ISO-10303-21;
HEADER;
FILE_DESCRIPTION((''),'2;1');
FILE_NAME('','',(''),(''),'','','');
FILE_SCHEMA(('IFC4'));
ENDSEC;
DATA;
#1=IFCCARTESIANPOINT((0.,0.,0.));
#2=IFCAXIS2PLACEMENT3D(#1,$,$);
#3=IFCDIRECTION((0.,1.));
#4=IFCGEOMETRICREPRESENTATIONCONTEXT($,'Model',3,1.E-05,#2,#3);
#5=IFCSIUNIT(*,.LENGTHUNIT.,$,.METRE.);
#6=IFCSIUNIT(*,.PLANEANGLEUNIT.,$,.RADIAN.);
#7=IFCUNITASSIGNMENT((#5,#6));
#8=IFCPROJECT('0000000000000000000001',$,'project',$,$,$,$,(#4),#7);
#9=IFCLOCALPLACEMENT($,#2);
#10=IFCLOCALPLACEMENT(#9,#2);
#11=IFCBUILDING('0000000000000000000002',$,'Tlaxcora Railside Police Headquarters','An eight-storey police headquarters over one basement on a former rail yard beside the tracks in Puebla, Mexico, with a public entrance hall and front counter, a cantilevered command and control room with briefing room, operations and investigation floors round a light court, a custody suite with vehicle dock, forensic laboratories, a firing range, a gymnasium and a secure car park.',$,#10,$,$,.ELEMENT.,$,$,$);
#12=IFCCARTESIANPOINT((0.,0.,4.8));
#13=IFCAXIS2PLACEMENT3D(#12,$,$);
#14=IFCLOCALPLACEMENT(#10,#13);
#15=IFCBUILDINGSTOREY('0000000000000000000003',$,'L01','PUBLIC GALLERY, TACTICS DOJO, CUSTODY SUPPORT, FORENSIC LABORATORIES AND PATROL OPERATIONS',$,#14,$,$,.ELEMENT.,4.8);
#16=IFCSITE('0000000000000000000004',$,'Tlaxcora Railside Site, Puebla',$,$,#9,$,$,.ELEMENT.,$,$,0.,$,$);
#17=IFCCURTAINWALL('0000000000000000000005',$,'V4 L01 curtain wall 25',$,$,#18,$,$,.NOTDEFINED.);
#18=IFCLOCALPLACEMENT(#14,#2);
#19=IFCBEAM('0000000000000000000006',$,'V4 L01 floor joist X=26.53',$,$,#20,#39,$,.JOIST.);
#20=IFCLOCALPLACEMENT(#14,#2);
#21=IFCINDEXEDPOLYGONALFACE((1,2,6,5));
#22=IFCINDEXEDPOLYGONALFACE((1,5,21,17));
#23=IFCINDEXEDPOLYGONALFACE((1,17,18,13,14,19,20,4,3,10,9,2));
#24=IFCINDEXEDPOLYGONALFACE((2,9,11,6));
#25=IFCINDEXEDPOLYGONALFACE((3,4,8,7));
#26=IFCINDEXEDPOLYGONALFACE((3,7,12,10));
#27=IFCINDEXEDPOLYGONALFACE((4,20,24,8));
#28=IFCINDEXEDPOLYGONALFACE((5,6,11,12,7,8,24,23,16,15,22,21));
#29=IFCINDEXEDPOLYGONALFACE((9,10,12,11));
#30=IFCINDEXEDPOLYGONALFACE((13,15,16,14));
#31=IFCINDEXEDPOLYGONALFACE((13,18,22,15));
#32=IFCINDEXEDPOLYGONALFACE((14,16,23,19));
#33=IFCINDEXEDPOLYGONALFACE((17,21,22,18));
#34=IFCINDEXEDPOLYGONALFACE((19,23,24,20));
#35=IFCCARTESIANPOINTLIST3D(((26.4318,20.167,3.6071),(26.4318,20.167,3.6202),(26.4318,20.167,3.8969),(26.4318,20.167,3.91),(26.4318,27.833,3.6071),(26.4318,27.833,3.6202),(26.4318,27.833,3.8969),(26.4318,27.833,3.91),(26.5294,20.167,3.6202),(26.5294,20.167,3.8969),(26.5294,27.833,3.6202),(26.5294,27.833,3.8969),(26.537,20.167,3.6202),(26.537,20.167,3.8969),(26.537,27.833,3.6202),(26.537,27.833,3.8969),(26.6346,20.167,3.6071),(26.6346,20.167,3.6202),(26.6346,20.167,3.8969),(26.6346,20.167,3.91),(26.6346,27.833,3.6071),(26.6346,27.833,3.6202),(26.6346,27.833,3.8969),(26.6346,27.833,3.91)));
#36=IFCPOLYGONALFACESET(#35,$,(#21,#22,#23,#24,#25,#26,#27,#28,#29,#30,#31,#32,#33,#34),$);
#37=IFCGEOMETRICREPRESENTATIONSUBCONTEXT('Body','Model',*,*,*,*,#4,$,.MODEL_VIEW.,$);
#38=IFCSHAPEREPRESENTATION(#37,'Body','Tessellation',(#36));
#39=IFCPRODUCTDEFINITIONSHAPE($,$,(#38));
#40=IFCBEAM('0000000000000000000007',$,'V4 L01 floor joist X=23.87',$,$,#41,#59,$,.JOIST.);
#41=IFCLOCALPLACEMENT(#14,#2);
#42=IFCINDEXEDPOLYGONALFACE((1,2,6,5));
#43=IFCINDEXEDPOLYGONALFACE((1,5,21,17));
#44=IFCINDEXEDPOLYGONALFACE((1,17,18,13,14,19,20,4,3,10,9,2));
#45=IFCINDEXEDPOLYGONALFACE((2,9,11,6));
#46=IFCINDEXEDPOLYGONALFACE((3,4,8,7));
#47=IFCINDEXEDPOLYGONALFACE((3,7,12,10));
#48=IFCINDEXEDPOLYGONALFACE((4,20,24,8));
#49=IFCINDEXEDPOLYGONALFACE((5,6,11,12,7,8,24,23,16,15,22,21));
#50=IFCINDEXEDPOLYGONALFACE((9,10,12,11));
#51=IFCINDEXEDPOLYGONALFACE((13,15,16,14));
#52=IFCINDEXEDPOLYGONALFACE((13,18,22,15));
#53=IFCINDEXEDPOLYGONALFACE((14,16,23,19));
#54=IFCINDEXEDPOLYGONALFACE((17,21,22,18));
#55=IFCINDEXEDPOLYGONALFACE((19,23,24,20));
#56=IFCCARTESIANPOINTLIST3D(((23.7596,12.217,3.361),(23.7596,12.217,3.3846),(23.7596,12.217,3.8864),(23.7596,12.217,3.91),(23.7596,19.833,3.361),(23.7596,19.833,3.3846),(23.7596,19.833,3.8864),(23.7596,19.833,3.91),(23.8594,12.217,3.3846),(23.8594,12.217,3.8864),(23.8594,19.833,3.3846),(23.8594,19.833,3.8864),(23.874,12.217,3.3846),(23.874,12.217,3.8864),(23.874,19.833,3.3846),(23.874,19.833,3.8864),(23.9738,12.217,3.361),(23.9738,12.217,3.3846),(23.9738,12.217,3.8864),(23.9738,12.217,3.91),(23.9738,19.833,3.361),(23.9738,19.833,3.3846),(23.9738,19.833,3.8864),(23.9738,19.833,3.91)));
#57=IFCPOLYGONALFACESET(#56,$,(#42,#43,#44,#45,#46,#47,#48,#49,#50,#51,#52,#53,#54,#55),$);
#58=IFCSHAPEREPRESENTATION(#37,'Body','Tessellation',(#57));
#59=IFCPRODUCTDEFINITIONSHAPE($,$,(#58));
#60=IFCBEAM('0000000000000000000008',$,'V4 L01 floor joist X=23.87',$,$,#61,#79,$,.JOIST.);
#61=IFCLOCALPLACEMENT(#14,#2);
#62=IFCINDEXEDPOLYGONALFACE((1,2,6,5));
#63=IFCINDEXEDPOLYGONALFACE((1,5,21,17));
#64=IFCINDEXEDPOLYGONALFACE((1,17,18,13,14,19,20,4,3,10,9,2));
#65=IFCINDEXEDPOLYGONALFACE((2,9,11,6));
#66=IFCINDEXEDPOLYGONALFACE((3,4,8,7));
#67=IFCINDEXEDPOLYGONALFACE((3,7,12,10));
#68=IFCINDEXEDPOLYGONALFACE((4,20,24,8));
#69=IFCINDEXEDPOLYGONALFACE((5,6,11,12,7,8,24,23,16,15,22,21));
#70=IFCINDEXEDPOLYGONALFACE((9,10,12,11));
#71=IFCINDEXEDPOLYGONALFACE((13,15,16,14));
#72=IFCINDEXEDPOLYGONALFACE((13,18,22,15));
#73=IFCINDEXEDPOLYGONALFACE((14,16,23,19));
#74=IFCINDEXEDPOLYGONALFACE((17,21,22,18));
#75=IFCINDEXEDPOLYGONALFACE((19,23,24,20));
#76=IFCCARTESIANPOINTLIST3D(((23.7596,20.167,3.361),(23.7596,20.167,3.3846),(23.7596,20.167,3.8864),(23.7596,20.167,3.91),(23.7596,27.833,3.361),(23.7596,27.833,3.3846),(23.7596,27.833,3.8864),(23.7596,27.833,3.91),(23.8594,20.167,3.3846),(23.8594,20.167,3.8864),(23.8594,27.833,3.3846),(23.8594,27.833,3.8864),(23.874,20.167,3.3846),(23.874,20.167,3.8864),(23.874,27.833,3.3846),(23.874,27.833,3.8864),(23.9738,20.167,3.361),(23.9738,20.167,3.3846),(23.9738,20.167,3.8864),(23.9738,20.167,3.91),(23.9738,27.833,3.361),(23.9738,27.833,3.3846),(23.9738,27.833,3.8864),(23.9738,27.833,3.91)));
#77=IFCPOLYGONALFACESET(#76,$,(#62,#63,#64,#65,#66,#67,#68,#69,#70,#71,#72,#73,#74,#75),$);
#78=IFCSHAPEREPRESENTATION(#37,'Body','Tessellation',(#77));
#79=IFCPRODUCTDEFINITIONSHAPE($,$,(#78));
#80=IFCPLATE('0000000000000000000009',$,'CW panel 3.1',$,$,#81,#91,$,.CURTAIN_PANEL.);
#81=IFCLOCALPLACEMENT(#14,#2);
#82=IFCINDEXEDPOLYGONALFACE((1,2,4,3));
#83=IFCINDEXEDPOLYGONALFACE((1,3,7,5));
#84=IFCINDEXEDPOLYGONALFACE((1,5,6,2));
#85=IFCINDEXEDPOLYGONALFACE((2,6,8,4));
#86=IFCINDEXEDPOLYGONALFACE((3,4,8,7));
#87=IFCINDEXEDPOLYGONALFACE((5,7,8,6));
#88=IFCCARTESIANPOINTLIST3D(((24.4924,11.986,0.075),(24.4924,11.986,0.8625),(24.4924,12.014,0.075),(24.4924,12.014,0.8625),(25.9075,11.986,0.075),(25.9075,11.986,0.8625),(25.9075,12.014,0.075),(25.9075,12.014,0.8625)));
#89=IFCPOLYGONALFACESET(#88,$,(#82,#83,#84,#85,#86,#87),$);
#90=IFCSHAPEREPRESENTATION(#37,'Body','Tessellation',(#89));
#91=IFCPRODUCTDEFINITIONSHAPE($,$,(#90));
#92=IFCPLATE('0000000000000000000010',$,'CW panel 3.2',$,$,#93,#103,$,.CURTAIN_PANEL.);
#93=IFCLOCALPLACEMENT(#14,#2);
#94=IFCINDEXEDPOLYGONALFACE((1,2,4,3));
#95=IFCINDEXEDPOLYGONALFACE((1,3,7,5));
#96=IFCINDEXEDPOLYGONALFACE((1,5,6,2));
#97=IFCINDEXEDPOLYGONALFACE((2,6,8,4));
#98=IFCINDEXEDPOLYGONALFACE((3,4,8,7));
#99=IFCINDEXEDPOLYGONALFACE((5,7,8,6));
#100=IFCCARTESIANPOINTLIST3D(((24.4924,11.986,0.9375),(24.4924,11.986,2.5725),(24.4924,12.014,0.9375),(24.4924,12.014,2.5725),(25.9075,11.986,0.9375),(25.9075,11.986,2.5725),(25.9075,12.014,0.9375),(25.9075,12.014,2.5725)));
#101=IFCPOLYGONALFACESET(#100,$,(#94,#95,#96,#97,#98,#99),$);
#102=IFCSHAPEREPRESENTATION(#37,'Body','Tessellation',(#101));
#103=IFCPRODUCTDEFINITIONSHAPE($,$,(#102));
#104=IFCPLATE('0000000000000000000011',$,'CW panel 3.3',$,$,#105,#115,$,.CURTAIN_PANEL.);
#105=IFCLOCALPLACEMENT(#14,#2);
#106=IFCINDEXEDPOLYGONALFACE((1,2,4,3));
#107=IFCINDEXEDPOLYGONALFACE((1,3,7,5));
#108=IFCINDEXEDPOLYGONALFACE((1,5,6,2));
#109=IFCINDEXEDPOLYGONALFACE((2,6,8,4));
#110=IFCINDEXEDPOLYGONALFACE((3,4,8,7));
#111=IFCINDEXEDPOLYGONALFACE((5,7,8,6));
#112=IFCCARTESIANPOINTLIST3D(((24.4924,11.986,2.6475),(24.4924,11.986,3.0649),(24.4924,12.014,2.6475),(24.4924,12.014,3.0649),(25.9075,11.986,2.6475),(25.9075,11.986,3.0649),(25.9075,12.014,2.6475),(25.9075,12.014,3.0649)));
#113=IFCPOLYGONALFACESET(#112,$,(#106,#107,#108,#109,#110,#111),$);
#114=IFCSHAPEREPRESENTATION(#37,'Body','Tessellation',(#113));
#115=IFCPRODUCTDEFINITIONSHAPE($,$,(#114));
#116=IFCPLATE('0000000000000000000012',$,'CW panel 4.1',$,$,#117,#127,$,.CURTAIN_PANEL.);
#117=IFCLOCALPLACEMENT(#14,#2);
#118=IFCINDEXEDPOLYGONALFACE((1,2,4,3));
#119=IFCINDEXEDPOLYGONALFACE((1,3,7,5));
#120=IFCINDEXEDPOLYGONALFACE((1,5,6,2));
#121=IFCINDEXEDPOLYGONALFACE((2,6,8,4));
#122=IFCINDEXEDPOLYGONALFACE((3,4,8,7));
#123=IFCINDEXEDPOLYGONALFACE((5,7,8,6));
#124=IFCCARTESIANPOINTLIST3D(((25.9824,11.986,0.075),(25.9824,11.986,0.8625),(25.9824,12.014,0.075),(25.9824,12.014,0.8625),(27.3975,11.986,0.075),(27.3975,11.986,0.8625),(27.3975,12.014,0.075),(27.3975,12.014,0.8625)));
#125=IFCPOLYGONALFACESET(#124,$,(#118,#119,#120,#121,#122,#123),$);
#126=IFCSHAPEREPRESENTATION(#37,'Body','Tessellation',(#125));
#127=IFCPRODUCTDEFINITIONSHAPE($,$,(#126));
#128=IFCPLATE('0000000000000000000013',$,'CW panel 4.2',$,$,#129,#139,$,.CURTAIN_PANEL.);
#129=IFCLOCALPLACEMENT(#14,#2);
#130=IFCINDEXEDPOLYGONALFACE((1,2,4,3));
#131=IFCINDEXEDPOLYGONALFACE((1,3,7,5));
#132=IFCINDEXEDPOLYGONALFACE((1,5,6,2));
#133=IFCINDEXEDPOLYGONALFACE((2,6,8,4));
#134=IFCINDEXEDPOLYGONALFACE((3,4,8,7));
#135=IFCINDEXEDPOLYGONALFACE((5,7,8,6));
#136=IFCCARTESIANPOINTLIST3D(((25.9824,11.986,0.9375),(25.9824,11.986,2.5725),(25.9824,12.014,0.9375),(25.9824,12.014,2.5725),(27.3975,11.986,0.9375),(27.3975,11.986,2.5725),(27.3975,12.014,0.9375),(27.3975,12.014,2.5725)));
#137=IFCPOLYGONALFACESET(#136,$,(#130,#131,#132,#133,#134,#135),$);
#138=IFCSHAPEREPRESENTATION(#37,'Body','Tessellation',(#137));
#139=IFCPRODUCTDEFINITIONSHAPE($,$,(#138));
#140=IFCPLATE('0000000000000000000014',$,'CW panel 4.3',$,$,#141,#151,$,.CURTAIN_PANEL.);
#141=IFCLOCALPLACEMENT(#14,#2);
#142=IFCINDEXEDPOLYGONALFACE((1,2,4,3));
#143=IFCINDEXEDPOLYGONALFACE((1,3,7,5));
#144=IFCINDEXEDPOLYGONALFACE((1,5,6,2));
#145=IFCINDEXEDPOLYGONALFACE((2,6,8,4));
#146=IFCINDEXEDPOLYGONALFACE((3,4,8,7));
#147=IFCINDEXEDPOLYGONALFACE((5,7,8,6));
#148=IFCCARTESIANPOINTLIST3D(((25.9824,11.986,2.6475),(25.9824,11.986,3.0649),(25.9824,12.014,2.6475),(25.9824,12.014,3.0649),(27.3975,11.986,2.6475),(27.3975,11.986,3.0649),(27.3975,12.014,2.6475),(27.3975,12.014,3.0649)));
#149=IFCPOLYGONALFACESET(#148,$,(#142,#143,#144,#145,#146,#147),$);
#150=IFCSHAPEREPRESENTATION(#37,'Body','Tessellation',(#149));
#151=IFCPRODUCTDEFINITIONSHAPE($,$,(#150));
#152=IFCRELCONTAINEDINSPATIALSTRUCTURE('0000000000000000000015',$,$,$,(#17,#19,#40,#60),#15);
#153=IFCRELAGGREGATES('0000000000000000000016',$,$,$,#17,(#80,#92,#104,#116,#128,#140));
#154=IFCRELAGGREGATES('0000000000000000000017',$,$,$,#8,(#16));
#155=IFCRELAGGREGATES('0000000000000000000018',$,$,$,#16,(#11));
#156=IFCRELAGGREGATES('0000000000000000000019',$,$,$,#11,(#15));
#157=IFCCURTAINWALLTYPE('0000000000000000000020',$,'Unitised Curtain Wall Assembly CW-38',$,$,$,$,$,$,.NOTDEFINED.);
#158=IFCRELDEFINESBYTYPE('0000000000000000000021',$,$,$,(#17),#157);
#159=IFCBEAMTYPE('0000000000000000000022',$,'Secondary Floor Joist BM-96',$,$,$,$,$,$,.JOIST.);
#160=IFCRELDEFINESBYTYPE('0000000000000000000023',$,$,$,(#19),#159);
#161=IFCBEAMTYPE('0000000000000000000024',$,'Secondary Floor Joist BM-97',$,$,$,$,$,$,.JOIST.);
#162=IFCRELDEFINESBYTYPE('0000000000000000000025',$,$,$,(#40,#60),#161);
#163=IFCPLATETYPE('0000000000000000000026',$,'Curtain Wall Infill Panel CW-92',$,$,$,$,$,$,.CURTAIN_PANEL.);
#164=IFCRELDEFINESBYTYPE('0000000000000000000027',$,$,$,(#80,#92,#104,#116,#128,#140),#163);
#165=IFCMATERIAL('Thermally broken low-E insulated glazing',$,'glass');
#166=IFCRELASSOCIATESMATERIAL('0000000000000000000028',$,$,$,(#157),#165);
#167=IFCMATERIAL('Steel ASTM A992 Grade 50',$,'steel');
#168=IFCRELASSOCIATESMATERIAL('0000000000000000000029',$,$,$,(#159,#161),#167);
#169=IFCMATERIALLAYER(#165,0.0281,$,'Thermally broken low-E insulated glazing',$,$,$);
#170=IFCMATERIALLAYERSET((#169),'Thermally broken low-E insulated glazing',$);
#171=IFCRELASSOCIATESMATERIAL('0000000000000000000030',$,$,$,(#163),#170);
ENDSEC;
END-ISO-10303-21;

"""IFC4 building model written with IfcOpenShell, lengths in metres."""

from ifc_helpers import new_model, si_unit, direction, frame, origin, origin_2d, place, context, subcontext, project, spatial, rectangle, i_section, extrude, material, layer, layer_set, material_profile, profile_set, type_object, element, aggregate, save


model = new_model("IFC4")

# Units and contexts
model_context = context("Model", 3, precision=1e-05, world=origin(), true_north=direction((0.0, 1.0)))
body_context = subcontext(model_context, "Body", "Model", "MODEL_VIEW")
ifc_project = project(units=[si_unit("LENGTHUNIT", "METRE"), si_unit("PLANEANGLEUNIT", "RADIAN")], contexts=[model_context])

# Site, building, storey
site_placement = place(None, origin())
site = spatial("IfcSite", under=ifc_project, at=site_placement, Name="Tlaxcora Railside Site, Puebla", CompositionType="ELEMENT", RefElevation=0.0)
building_placement = place(site_placement, origin())
building = spatial("IfcBuilding", under=site, at=building_placement, Name="Tlaxcora Railside Police Headquarters", Description="An eight-storey police headquarters over one basement on a former rail yard beside the tracks in Puebla, Mexico, with a public entrance hall and front counter, a cantilevered command and control room with briefing room, operations and investigation floors round a light court, a custody suite with vehicle dock, forensic laboratories, a firing range, a gymnasium and a secure car park.", CompositionType="ELEMENT")
storey_placement = place(building_placement, frame((0.0, 0.0, 4.8)))
storey = spatial("IfcBuildingStorey", under=building, at=storey_placement, Name="L01", Description="PUBLIC GALLERY, TACTICS DOJO, CUSTODY SUPPORT, FORENSIC LABORATORIES AND PATROL OPERATIONS", CompositionType="ELEMENT", Elevation=4.8)

# Curtain wall
ifc_material_1 = material(Name="Thermally broken low-E insulated glazing", Category="glass")
curtain_wall_type = type_object("IfcCurtainWallType", Name="Unitised Curtain Wall Assembly CW-38", PredefinedType="NOTDEFINED", material=ifc_material_1)
curtain_wall_placement = place(storey_placement, origin())
curtain_wall = element("IfcCurtainWall", 1, at=curtain_wall_placement, inside=storey, type_object=curtain_wall_type, Name="V4 L01 curtain wall 25", PredefinedType="NOTDEFINED")

# Beams
ifc_material_2 = material(Name="Steel ASTM A992 Grade 50", Category="steel")
ifc_material_profile_1 = material_profile(ifc_material_2, i_section(OverallWidth=0.2029, OverallDepth=0.303, WebThickness=0.0076, FlangeThickness=0.0132, at=origin_2d()), Name="W12X40")
ifc_profile_set_1 = profile_set([ifc_material_profile_1], Name="Steel ASTM A992 Grade 50")
beam_type_1 = type_object("IfcBeamType", Name="Secondary Floor Joist BM-96", PredefinedType="JOIST", material=ifc_profile_set_1)
beam_1_placement = place(storey_placement, frame((26.5332, 20.167, 3.7585), z_axis=(0.0, 1.0, 0.0), x_axis=(-1.0, 0.0, 0.0)))
element("IfcBeam", 2, at=beam_1_placement, inside=storey, type_object=beam_type_1, Name="V4 L01 floor joist X=26.53", PredefinedType="JOIST", context=body_context, shape_type="SweptSolid", body=[
    extrude(i_section(OverallWidth=0.2029, OverallDepth=0.303, WebThickness=0.0076, FlangeThickness=0.0132, at=origin_2d()), origin(), (0.0, 0.0, 1.0), 7.666),
])
ifc_material_profile_2 = material_profile(ifc_material_2, i_section(OverallWidth=0.2141, OverallDepth=0.5491, WebThickness=0.0146, FlangeThickness=0.0237, at=origin_2d()), Name="W21X93")
ifc_profile_set_2 = profile_set([ifc_material_profile_2], Name="Steel ASTM A992 Grade 50")
beam_type_2 = type_object("IfcBeamType", Name="Secondary Floor Joist BM-97", PredefinedType="JOIST", material=ifc_profile_set_2)
beam_2_placement = place(storey_placement, frame((23.8667, 12.217, 3.6355), z_axis=(0.0, 1.0, 0.0), x_axis=(-1.0, 0.0, 0.0)))
element("IfcBeam", 3, at=beam_2_placement, inside=storey, type_object=beam_type_2, Name="V4 L01 floor joist X=23.87", PredefinedType="JOIST", context=body_context, shape_type="SweptSolid", body=[
    extrude(i_section(OverallWidth=0.2141, OverallDepth=0.5491, WebThickness=0.0146, FlangeThickness=0.0237, at=origin_2d()), origin(), (0.0, 0.0, 1.0), 7.616),
])
beam_3_placement = place(storey_placement, frame((23.8667, 20.167, 3.6355), z_axis=(0.0, 1.0, 0.0), x_axis=(-1.0, 0.0, 0.0)))
element("IfcBeam", 4, at=beam_3_placement, inside=storey, type_object=beam_type_2, Name="V4 L01 floor joist X=23.87", PredefinedType="JOIST", context=body_context, shape_type="SweptSolid", body=[
    extrude(i_section(OverallWidth=0.2141, OverallDepth=0.5491, WebThickness=0.0146, FlangeThickness=0.0237, at=origin_2d()), origin(), (0.0, 0.0, 1.0), 7.666),
])

# Plates
ifc_layer = layer(ifc_material_1, 0.0281, Name="Thermally broken low-E insulated glazing")
ifc_layer_set = layer_set([ifc_layer], Name="Thermally broken low-E insulated glazing")
plate_type = type_object("IfcPlateType", Name="Curtain Wall Infill Panel CW-92", PredefinedType="CURTAIN_PANEL", material=ifc_layer_set)
plate_1_placement = place(storey_placement, frame((25.2, 12.0, 0.075), z_axis=(0.0, 0.0, 1.0), x_axis=(1.0, 0.0, 0.0)))
plate_1 = element("IfcPlate", 5, at=plate_1_placement, type_object=plate_type, Name="CW panel 3.1", PredefinedType="CURTAIN_PANEL", context=body_context, shape_type="SweptSolid", body=[
    extrude(rectangle(XDim=1.415, YDim=0.0281, at=origin_2d()), origin(), (0.0, 0.0, 1.0), 0.7876),
])
plate_2_placement = place(storey_placement, frame((25.2, 12.0, 0.9375), z_axis=(0.0, 0.0, 1.0), x_axis=(1.0, 0.0, 0.0)))
plate_2 = element("IfcPlate", 6, at=plate_2_placement, type_object=plate_type, Name="CW panel 3.2", PredefinedType="CURTAIN_PANEL", context=body_context, shape_type="SweptSolid", body=[
    extrude(rectangle(XDim=1.415, YDim=0.0281, at=origin_2d()), origin(), (0.0, 0.0, 1.0), 1.635),
])
plate_3_placement = place(storey_placement, frame((25.2, 12.0, 2.6475), z_axis=(0.0, 0.0, 1.0), x_axis=(1.0, 0.0, 0.0)))
plate_3 = element("IfcPlate", 7, at=plate_3_placement, type_object=plate_type, Name="CW panel 3.3", PredefinedType="CURTAIN_PANEL", context=body_context, shape_type="SweptSolid", body=[
    extrude(rectangle(XDim=1.415, YDim=0.0281, at=origin_2d()), origin(), (0.0, 0.0, 1.0), 0.4175),
])
plate_4_placement = place(storey_placement, frame((26.6899, 12.0, 0.075), z_axis=(0.0, 0.0, 1.0), x_axis=(1.0, 0.0, 0.0)))
plate_4 = element("IfcPlate", 8, at=plate_4_placement, type_object=plate_type, Name="CW panel 4.1", PredefinedType="CURTAIN_PANEL", context=body_context, shape_type="SweptSolid", body=[
    extrude(rectangle(XDim=1.415, YDim=0.0281, at=origin_2d()), origin(), (0.0, 0.0, 1.0), 0.7876),
])
plate_5_placement = place(storey_placement, frame((26.6899, 12.0, 0.9375), z_axis=(0.0, 0.0, 1.0), x_axis=(1.0, 0.0, 0.0)))
plate_5 = element("IfcPlate", 9, at=plate_5_placement, type_object=plate_type, Name="CW panel 4.2", PredefinedType="CURTAIN_PANEL", context=body_context, shape_type="SweptSolid", body=[
    extrude(rectangle(XDim=1.415, YDim=0.0281, at=origin_2d()), origin(), (0.0, 0.0, 1.0), 1.635),
])
plate_6_placement = place(storey_placement, frame((26.6899, 12.0, 2.6475), z_axis=(0.0, 0.0, 1.0), x_axis=(1.0, 0.0, 0.0)))
plate_6 = element("IfcPlate", 10, at=plate_6_placement, type_object=plate_type, Name="CW panel 4.3", PredefinedType="CURTAIN_PANEL", context=body_context, shape_type="SweptSolid", body=[
    extrude(rectangle(XDim=1.415, YDim=0.0281, at=origin_2d()), origin(), (0.0, 0.0, 1.0), 0.4175),
])
aggregate(curtain_wall, [plate_1, plate_2, plate_3, plate_4, plate_5, plate_6])

save(model, "model.ifc")
